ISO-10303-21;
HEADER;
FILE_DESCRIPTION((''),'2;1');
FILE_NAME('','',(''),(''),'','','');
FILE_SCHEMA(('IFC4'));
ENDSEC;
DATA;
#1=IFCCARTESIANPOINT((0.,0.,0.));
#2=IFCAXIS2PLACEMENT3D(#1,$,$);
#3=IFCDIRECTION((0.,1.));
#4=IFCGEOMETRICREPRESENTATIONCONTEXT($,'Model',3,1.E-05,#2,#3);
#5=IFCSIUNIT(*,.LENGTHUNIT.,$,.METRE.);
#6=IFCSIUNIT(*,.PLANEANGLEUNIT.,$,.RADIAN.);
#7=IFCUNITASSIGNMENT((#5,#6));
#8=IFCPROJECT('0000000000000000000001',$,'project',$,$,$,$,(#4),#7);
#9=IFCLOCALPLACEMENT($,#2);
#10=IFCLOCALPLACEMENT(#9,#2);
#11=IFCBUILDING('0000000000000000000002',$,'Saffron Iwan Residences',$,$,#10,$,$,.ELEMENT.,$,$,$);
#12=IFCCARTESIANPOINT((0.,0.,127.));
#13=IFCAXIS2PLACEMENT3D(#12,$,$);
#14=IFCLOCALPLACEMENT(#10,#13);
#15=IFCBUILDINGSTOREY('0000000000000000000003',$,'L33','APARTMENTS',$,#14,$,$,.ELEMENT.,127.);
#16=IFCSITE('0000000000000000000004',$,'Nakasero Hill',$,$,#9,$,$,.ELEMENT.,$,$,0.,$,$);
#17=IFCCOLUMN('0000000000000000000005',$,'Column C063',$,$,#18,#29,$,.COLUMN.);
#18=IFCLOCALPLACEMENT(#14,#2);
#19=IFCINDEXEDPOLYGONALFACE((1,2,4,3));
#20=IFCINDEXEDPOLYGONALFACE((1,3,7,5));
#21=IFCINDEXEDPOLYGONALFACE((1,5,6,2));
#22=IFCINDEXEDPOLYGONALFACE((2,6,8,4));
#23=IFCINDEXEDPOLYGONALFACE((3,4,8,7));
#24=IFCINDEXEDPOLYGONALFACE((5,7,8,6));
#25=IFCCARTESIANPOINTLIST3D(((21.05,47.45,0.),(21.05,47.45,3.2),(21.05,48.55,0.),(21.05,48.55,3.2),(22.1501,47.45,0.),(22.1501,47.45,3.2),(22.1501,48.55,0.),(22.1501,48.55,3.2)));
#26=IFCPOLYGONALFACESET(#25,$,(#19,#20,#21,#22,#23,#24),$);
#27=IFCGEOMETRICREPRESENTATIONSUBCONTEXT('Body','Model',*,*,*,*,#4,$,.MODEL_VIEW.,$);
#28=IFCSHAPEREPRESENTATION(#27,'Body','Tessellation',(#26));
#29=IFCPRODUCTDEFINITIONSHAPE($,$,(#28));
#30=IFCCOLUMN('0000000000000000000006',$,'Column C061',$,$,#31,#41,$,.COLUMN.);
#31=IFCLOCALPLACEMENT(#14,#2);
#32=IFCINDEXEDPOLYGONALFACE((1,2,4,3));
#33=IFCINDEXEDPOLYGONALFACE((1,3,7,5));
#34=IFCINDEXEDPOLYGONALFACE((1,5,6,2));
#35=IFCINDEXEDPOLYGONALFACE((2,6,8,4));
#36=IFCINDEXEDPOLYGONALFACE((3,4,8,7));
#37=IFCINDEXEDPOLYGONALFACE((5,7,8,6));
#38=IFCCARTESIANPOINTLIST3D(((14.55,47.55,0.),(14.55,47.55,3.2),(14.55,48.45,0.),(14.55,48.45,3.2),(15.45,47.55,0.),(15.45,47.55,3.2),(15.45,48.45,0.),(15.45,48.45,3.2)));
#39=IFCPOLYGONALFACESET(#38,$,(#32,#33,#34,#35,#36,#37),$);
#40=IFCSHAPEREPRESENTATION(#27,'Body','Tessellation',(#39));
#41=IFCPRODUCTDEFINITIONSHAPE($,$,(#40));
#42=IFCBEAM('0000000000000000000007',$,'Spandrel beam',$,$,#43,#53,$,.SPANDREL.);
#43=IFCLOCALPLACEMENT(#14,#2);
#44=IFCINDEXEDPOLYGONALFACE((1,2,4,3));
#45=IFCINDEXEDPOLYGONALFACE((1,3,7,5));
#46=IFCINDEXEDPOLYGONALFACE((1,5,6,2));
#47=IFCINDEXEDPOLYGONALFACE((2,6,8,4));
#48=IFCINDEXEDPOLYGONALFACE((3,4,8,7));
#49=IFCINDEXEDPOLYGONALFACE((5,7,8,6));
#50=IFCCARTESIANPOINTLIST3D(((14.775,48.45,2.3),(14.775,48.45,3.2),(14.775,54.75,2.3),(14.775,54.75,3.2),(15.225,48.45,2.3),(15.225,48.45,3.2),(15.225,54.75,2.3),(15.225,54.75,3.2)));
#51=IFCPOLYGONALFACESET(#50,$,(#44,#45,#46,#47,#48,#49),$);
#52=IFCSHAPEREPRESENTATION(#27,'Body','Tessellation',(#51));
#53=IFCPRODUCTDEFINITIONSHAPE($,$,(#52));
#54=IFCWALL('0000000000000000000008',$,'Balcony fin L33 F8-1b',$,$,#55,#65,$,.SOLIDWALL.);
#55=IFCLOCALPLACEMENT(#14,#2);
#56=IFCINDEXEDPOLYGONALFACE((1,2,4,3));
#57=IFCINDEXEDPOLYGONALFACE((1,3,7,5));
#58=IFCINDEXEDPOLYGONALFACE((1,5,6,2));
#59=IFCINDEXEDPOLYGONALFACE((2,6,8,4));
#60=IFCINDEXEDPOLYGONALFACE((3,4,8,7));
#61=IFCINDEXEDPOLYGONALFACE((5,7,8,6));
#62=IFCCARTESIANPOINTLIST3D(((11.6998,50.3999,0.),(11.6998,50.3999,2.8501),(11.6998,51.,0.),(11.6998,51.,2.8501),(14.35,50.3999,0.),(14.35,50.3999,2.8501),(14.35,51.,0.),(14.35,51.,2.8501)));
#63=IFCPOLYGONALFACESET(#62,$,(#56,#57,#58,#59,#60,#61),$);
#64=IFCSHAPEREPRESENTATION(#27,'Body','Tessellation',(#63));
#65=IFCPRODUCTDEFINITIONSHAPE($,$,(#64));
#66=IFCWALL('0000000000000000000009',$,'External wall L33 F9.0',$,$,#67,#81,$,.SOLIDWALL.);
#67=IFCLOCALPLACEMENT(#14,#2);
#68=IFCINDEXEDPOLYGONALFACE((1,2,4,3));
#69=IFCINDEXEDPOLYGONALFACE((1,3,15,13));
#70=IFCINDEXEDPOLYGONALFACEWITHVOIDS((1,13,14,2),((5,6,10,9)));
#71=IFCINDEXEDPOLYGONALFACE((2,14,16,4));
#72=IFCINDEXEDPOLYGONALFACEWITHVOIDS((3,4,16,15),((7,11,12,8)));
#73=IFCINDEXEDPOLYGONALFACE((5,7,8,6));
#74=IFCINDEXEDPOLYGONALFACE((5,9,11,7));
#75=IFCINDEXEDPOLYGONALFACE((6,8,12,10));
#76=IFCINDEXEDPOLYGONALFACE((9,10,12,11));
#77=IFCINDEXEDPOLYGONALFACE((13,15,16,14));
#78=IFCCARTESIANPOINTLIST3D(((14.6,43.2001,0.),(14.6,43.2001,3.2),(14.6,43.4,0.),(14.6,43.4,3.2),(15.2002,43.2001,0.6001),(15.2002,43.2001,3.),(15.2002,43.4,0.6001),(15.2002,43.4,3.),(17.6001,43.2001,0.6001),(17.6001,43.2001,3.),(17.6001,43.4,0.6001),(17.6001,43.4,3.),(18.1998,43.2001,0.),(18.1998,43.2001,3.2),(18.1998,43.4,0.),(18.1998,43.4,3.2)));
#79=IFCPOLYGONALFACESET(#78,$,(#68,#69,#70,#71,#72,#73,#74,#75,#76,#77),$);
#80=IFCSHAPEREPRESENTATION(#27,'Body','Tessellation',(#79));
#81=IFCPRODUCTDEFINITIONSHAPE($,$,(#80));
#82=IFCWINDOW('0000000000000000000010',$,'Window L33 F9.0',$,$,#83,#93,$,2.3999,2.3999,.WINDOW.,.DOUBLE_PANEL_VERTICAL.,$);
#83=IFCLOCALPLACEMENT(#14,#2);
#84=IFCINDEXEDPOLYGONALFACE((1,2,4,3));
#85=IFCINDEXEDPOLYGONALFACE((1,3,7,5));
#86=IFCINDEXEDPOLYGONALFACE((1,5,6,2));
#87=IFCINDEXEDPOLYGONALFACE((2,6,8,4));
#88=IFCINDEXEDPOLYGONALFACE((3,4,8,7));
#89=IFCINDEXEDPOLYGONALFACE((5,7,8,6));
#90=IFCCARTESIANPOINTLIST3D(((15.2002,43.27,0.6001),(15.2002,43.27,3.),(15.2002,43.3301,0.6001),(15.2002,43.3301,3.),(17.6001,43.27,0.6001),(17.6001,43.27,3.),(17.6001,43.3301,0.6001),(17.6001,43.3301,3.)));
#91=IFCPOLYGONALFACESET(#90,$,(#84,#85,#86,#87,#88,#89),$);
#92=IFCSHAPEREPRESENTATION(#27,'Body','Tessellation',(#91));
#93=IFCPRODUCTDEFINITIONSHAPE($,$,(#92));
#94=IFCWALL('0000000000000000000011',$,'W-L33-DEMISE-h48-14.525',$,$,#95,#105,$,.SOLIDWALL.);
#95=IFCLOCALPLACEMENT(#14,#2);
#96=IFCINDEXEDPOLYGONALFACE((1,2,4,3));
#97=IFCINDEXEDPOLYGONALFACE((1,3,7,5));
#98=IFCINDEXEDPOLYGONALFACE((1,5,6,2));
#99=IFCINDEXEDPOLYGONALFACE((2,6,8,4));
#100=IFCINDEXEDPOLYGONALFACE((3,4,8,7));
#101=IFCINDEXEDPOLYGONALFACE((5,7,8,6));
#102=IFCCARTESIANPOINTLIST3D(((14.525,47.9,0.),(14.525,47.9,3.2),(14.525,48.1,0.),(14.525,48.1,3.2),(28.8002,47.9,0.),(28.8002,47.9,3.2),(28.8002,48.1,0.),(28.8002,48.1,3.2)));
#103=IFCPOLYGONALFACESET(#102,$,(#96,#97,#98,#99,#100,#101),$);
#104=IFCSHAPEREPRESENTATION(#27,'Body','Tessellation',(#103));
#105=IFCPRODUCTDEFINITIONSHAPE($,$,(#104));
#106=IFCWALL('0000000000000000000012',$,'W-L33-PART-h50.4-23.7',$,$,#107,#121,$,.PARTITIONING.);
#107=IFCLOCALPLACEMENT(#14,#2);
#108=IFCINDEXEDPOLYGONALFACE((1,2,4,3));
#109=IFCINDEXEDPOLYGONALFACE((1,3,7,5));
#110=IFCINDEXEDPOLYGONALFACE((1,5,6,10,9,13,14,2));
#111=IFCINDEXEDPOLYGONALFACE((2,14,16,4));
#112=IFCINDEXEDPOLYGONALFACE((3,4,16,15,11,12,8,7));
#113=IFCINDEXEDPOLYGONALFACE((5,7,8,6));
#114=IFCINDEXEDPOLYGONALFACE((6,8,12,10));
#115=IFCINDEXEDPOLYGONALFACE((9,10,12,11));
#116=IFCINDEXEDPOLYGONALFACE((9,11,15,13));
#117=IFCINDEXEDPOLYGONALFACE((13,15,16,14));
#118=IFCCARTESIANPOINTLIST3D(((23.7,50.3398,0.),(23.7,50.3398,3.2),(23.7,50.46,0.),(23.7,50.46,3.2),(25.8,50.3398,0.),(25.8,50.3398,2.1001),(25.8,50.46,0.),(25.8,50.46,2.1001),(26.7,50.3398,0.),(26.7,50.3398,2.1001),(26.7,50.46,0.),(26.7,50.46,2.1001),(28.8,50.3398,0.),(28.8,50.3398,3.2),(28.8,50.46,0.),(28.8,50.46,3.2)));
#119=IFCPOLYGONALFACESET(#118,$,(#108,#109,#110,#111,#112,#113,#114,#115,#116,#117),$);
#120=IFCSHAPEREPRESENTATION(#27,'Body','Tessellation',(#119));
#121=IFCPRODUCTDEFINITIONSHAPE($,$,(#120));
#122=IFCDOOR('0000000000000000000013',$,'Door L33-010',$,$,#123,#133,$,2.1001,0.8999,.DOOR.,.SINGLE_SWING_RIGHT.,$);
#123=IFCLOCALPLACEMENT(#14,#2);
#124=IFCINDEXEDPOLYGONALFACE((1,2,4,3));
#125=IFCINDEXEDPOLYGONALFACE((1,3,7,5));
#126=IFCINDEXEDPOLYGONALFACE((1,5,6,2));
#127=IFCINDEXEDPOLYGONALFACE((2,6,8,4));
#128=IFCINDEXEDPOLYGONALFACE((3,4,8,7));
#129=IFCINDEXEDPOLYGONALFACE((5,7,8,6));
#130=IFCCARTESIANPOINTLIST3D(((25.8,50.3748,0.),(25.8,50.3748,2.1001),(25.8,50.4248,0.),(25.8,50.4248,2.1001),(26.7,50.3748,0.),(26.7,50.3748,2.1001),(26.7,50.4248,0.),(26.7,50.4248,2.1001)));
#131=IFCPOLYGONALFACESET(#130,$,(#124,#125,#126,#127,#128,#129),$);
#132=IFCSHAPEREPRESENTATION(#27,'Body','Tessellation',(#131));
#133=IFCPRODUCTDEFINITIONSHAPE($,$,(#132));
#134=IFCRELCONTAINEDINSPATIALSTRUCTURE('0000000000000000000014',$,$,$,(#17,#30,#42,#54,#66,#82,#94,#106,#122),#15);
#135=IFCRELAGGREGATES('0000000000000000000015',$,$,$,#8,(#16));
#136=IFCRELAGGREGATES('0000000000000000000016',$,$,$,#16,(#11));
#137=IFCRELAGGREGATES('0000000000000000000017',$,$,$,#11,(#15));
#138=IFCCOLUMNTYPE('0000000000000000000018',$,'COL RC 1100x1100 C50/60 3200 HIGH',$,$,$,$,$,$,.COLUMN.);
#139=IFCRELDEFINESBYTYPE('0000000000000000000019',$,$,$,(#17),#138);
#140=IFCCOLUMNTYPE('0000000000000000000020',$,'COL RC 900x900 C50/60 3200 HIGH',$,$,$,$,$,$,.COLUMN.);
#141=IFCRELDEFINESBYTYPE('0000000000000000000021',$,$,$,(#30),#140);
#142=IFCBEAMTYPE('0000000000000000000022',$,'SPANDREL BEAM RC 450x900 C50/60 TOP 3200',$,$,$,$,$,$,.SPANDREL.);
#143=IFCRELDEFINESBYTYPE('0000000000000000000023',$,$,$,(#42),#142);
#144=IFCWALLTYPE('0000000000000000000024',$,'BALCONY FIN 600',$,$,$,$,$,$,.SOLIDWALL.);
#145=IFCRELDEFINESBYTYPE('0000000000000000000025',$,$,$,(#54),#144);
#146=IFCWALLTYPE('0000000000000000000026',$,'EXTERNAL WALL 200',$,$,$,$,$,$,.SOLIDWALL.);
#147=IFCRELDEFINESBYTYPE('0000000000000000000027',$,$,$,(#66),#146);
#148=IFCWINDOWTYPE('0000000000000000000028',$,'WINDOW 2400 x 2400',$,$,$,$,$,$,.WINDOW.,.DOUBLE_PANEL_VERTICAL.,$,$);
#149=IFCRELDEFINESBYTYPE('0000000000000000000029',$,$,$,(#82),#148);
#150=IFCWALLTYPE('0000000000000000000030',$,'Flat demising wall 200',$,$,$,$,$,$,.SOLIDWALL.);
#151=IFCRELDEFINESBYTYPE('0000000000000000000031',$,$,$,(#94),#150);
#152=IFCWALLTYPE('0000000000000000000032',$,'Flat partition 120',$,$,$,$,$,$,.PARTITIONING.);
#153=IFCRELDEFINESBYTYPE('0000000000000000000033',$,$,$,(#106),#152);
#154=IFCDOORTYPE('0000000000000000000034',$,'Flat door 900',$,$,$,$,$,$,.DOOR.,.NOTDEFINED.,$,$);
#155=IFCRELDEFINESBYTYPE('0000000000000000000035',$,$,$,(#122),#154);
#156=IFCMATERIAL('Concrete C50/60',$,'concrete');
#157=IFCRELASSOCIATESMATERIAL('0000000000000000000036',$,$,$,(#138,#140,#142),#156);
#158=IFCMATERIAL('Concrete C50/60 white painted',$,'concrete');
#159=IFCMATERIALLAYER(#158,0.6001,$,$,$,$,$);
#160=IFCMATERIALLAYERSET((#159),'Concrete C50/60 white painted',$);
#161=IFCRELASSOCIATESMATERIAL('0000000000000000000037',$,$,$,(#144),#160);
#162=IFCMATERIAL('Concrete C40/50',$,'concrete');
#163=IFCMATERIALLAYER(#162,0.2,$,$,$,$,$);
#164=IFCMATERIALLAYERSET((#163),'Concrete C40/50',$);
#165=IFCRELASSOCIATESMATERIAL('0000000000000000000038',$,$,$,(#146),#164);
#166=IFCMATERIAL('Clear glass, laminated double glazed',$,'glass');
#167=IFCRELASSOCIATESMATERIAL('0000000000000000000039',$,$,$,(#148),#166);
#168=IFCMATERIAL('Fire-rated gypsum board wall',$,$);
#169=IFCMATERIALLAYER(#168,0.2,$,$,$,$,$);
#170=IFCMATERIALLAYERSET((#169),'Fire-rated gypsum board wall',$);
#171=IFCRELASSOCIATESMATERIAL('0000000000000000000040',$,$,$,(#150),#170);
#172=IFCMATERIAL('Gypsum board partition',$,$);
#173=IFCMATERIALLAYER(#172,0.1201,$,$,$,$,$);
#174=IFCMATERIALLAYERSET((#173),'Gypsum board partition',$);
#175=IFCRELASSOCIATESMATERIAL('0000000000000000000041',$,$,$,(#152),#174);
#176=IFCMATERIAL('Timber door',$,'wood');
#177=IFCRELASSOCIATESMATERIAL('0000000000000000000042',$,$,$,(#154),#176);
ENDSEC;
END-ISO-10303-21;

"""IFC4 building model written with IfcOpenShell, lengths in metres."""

from ifc_helpers import new_model, si_unit, direction, frame, frame_2d, origin, origin_2d, place, context, subcontext, project, spatial, rectangle, extrude, source, transform, mapped, material, layer, layer_set, material_profile, profile_set, type_object, element, fill, save


model = new_model("IFC4")

# Units and contexts
model_context = context("Model", 3, precision=1e-05, world=origin(), true_north=direction((0.0, 1.0)))
body_context = subcontext(model_context, "Body", "Model", "MODEL_VIEW")
ifc_project = project(units=[si_unit("LENGTHUNIT", "METRE"), si_unit("PLANEANGLEUNIT", "RADIAN")], contexts=[model_context])

# Site, building, storey
site_placement = place(None, origin())
site = spatial("IfcSite", under=ifc_project, at=site_placement, Name="Nakasero Hill", CompositionType="ELEMENT", RefElevation=0.0)
building_placement = place(site_placement, origin())
building = spatial("IfcBuilding", under=site, at=building_placement, Name="Saffron Iwan Residences", CompositionType="ELEMENT")
storey_placement = place(building_placement, frame((0.0, 0.0, 127.0)))
storey = spatial("IfcBuildingStorey", under=building, at=storey_placement, Name="L33", Description="APARTMENTS", CompositionType="ELEMENT", Elevation=127.0)

# Columns
ifc_material_1 = material(Name="Concrete C50/60", Category="concrete")
ifc_material_profile_1 = material_profile(ifc_material_1, rectangle(XDim=1.1001, YDim=1.1001, at=origin_2d()), Name="RC 1100x1100")
ifc_profile_set_1 = profile_set([ifc_material_profile_1], Name="Concrete C50/60")
column_type_1 = type_object("IfcColumnType", Name="COL RC 1100x1100 C50/60 3200 HIGH", PredefinedType="COLUMN", material=ifc_profile_set_1)
shared_shape_1 = source(origin(), body_context, "Body", "SweptSolid", [
    extrude(rectangle(XDim=1.1001, YDim=1.1001, at=origin_2d()), origin(), (0.0, 0.0, 1.0), 3.2),
])
column_1_placement = place(storey_placement, frame((21.6001, 48.0, 0.0), z_axis=(0.0, 0.0, 1.0), x_axis=(1.0, 0.0, 0.0)))
element("IfcColumn", 1, at=column_1_placement, inside=storey, type_object=column_type_1, Name="Column C063", PredefinedType="COLUMN", context=body_context, shape_type="MappedRepresentation", body=[
    mapped(shared_shape_1, transform((0.0, 0.0, 0.0))),
])
ifc_material_profile_2 = material_profile(ifc_material_1, rectangle(XDim=0.8999, YDim=0.8999, at=origin_2d()), Name="RC 900x900")
ifc_profile_set_2 = profile_set([ifc_material_profile_2], Name="Concrete C50/60")
column_type_2 = type_object("IfcColumnType", Name="COL RC 900x900 C50/60 3200 HIGH", PredefinedType="COLUMN", material=ifc_profile_set_2)
shared_shape_2 = source(origin(), body_context, "Body", "SweptSolid", [
    extrude(rectangle(XDim=0.8999, YDim=0.8999, at=origin_2d()), origin(), (0.0, 0.0, 1.0), 3.2),
])
column_2_placement = place(storey_placement, frame((15.0, 48.0, 0.0), z_axis=(0.0, 0.0, 1.0), x_axis=(1.0, 0.0, 0.0)))
element("IfcColumn", 2, at=column_2_placement, inside=storey, type_object=column_type_2, Name="Column C061", PredefinedType="COLUMN", context=body_context, shape_type="MappedRepresentation", body=[
    mapped(shared_shape_2, transform((0.0, 0.0, 0.0))),
])

# Beam
ifc_material_profile_3 = material_profile(ifc_material_1, rectangle(XDim=0.45, YDim=0.8999, at=origin_2d()), Name="RC 450x900")
ifc_profile_set_3 = profile_set([ifc_material_profile_3], Name="Concrete C50/60")
beam_type = type_object("IfcBeamType", Name="SPANDREL BEAM RC 450x900 C50/60 TOP 3200", PredefinedType="SPANDREL", material=ifc_profile_set_3)
shared_shape_3 = source(origin(), body_context, "Body", "SweptSolid", [
    extrude(rectangle(XDim=0.45, YDim=0.8999, at=origin_2d()), origin(), (0.0, 0.0, 1.0), 6.3),
])
beam_placement = place(storey_placement, frame((15.0, 48.45, 2.75), z_axis=(0.0, 1.0, 0.0), x_axis=(-1.0, 0.0, 0.0)))
element("IfcBeam", 3, at=beam_placement, inside=storey, type_object=beam_type, Name="Spandrel beam", PredefinedType="SPANDREL", context=body_context, shape_type="MappedRepresentation", body=[
    mapped(shared_shape_3, transform((0.0, 0.0, 0.0))),
])

# Wall
ifc_material_2 = material(Name="Concrete C50/60 white painted", Category="concrete")
ifc_layer_1 = layer(ifc_material_2, 0.6001)
ifc_layer_set_1 = layer_set([ifc_layer_1], Name="Concrete C50/60 white painted")
wall_type_1 = type_object("IfcWallType", Name="BALCONY FIN 600", PredefinedType="SOLIDWALL", material=ifc_layer_set_1)
wall_1_placement = place(storey_placement, frame((14.3501, 50.7, 0.0), z_axis=(0.0, 0.0, 1.0), x_axis=(-1.0, 0.0, 0.0)))
element("IfcWall", 4, at=wall_1_placement, inside=storey, type_object=wall_type_1, Name="Balcony fin L33 F8-1b", PredefinedType="SOLIDWALL", context=body_context, shape_type="SweptSolid", body=[
    extrude(rectangle(XDim=2.6501, YDim=0.6001, at=frame_2d((1.3252, 0.0))), origin(), (0.0, 0.0, 1.0), 2.8501),
])

# Wall, opening, window
ifc_material_3 = material(Name="Concrete C40/50", Category="concrete")
ifc_layer_2 = layer(ifc_material_3, 0.2)
ifc_layer_set_2 = layer_set([ifc_layer_2], Name="Concrete C40/50")
wall_type_2 = type_object("IfcWallType", Name="EXTERNAL WALL 200", PredefinedType="SOLIDWALL", material=ifc_layer_set_2)
wall_2_placement = place(storey_placement, frame((14.6001, 43.3, 0.0), z_axis=(0.0, 0.0, 1.0), x_axis=(1.0, 0.0, 0.0)))
wall_2 = element("IfcWall", 5, at=wall_2_placement, inside=storey, type_object=wall_type_2, Name="External wall L33 F9.0", PredefinedType="SOLIDWALL", context=body_context, shape_type="SweptSolid", body=[
    extrude(rectangle(XDim=3.5999, YDim=0.2, at=frame_2d((1.7998, 0.0))), origin(), (0.0, 0.0, 1.0), 3.2),
])
opening_1_placement = place(wall_2_placement, frame((0.6001, 0.0, 0.6001)))
opening_1 = element("IfcOpeningElement", 6, at=opening_1_placement, cuts=wall_2, PredefinedType="OPENING", context=body_context, shape_type="SweptSolid", body=[
    extrude(rectangle(XDim=2.3999, YDim=2.3999, at=frame_2d((1.2, 1.2))), frame((0.0, 0.1099, 0.0), z_axis=(0.0, -1.0, 0.0), x_axis=(1.0, 0.0, 0.0)), (0.0, 0.0, 1.0), 0.22),
])
ifc_material_4 = material(Name="Clear glass, laminated double glazed", Category="glass")
window_type = type_object("IfcWindowType", Name="WINDOW 2400 x 2400", PartitioningType="DOUBLE_PANEL_VERTICAL", PredefinedType="WINDOW", material=ifc_material_4)
window_placement = place(opening_1_placement, origin())
window = element("IfcWindow", 7, at=window_placement, inside=storey, type_object=window_type, Name="Window L33 F9.0", OverallHeight=2.3999, OverallWidth=2.3999, PartitioningType="DOUBLE_PANEL_VERTICAL", PredefinedType="WINDOW", context=body_context, shape_type="SweptSolid", body=[
    extrude(rectangle(XDim=2.3999, YDim=2.3999, at=frame_2d((1.2, 1.2))), frame((0.0, 0.03, 0.0), z_axis=(0.0, -1.0, 0.0), x_axis=(1.0, 0.0, 0.0)), (0.0, 0.0, 1.0), 0.0601),
])
fill(opening_1, window)

# Wall
ifc_material_5 = material(Name="Fire-rated gypsum board wall")
ifc_layer_3 = layer(ifc_material_5, 0.2)
ifc_layer_set_3 = layer_set([ifc_layer_3], Name="Fire-rated gypsum board wall")
wall_type_3 = type_object("IfcWallType", Name="Flat demising wall 200", PredefinedType="SOLIDWALL", material=ifc_layer_set_3)
wall_3_placement = place(storey_placement, frame((14.5249, 48.0, 0.0), z_axis=(0.0, 0.0, 1.0), x_axis=(1.0, 0.0, 0.0)))
element("IfcWall", 8, at=wall_3_placement, inside=storey, type_object=wall_type_3, Name="W-L33-DEMISE-h48-14.525", PredefinedType="SOLIDWALL", context=body_context, shape_type="SweptSolid", body=[
    extrude(rectangle(XDim=14.2751, YDim=0.2, at=frame_2d((7.1377, 0.0))), origin(), (0.0, 0.0, 1.0), 3.2),
])

# Wall, opening, door
ifc_material_6 = material(Name="Gypsum board partition")
ifc_layer_4 = layer(ifc_material_6, 0.1201)
ifc_layer_set_4 = layer_set([ifc_layer_4], Name="Gypsum board partition")
wall_type_4 = type_object("IfcWallType", Name="Flat partition 120", PredefinedType="PARTITIONING", material=ifc_layer_set_4)
wall_4_placement = place(storey_placement, frame((23.7, 50.3999, 0.0), z_axis=(0.0, 0.0, 1.0), x_axis=(1.0, 0.0, 0.0)))
wall_4 = element("IfcWall", 9, at=wall_4_placement, inside=storey, type_object=wall_type_4, Name="W-L33-PART-h50.4-23.7", PredefinedType="PARTITIONING", context=body_context, shape_type="SweptSolid", body=[
    extrude(rectangle(XDim=5.1001, YDim=0.1201, at=frame_2d((2.55, 0.0))), origin(), (0.0, 0.0, 1.0), 3.2),
])
opening_2_placement = place(wall_4_placement, frame((2.1001, 0.0, 0.0)))
opening_2 = element("IfcOpeningElement", 10, at=opening_2_placement, cuts=wall_4, PredefinedType="OPENING", context=body_context, shape_type="SweptSolid", body=[
    extrude(rectangle(XDim=0.8999, YDim=2.1001, at=frame_2d((0.45, 1.05))), frame((0.0, 0.0701, 0.0), z_axis=(0.0, -1.0, 0.0), x_axis=(1.0, 0.0, 0.0)), (0.0, 0.0, 1.0), 0.1401),
])
ifc_material_7 = material(Name="Timber door", Category="wood")
door_type_1 = type_object("IfcDoorType", Name="Flat door 900", OperationType="NOTDEFINED", PredefinedType="DOOR", material=ifc_material_7)
door_1_placement = place(opening_2_placement, origin())
door_1 = element("IfcDoor", 11, at=door_1_placement, inside=storey, type_object=door_type_1, Name="Door L33-010", OperationType="SINGLE_SWING_RIGHT", OverallHeight=2.1001, OverallWidth=0.8999, PredefinedType="DOOR", context=body_context, shape_type="SweptSolid", body=[
    extrude(rectangle(XDim=0.8999, YDim=2.1001, at=frame_2d((0.45, 1.05))), frame((0.0, 0.0249, 0.0), z_axis=(0.0, -1.0, 0.0), x_axis=(1.0, 0.0, 0.0)), (0.0, 0.0, 1.0), 0.05),
])
fill(opening_2, door_1)

save(model, "model.ifc")
